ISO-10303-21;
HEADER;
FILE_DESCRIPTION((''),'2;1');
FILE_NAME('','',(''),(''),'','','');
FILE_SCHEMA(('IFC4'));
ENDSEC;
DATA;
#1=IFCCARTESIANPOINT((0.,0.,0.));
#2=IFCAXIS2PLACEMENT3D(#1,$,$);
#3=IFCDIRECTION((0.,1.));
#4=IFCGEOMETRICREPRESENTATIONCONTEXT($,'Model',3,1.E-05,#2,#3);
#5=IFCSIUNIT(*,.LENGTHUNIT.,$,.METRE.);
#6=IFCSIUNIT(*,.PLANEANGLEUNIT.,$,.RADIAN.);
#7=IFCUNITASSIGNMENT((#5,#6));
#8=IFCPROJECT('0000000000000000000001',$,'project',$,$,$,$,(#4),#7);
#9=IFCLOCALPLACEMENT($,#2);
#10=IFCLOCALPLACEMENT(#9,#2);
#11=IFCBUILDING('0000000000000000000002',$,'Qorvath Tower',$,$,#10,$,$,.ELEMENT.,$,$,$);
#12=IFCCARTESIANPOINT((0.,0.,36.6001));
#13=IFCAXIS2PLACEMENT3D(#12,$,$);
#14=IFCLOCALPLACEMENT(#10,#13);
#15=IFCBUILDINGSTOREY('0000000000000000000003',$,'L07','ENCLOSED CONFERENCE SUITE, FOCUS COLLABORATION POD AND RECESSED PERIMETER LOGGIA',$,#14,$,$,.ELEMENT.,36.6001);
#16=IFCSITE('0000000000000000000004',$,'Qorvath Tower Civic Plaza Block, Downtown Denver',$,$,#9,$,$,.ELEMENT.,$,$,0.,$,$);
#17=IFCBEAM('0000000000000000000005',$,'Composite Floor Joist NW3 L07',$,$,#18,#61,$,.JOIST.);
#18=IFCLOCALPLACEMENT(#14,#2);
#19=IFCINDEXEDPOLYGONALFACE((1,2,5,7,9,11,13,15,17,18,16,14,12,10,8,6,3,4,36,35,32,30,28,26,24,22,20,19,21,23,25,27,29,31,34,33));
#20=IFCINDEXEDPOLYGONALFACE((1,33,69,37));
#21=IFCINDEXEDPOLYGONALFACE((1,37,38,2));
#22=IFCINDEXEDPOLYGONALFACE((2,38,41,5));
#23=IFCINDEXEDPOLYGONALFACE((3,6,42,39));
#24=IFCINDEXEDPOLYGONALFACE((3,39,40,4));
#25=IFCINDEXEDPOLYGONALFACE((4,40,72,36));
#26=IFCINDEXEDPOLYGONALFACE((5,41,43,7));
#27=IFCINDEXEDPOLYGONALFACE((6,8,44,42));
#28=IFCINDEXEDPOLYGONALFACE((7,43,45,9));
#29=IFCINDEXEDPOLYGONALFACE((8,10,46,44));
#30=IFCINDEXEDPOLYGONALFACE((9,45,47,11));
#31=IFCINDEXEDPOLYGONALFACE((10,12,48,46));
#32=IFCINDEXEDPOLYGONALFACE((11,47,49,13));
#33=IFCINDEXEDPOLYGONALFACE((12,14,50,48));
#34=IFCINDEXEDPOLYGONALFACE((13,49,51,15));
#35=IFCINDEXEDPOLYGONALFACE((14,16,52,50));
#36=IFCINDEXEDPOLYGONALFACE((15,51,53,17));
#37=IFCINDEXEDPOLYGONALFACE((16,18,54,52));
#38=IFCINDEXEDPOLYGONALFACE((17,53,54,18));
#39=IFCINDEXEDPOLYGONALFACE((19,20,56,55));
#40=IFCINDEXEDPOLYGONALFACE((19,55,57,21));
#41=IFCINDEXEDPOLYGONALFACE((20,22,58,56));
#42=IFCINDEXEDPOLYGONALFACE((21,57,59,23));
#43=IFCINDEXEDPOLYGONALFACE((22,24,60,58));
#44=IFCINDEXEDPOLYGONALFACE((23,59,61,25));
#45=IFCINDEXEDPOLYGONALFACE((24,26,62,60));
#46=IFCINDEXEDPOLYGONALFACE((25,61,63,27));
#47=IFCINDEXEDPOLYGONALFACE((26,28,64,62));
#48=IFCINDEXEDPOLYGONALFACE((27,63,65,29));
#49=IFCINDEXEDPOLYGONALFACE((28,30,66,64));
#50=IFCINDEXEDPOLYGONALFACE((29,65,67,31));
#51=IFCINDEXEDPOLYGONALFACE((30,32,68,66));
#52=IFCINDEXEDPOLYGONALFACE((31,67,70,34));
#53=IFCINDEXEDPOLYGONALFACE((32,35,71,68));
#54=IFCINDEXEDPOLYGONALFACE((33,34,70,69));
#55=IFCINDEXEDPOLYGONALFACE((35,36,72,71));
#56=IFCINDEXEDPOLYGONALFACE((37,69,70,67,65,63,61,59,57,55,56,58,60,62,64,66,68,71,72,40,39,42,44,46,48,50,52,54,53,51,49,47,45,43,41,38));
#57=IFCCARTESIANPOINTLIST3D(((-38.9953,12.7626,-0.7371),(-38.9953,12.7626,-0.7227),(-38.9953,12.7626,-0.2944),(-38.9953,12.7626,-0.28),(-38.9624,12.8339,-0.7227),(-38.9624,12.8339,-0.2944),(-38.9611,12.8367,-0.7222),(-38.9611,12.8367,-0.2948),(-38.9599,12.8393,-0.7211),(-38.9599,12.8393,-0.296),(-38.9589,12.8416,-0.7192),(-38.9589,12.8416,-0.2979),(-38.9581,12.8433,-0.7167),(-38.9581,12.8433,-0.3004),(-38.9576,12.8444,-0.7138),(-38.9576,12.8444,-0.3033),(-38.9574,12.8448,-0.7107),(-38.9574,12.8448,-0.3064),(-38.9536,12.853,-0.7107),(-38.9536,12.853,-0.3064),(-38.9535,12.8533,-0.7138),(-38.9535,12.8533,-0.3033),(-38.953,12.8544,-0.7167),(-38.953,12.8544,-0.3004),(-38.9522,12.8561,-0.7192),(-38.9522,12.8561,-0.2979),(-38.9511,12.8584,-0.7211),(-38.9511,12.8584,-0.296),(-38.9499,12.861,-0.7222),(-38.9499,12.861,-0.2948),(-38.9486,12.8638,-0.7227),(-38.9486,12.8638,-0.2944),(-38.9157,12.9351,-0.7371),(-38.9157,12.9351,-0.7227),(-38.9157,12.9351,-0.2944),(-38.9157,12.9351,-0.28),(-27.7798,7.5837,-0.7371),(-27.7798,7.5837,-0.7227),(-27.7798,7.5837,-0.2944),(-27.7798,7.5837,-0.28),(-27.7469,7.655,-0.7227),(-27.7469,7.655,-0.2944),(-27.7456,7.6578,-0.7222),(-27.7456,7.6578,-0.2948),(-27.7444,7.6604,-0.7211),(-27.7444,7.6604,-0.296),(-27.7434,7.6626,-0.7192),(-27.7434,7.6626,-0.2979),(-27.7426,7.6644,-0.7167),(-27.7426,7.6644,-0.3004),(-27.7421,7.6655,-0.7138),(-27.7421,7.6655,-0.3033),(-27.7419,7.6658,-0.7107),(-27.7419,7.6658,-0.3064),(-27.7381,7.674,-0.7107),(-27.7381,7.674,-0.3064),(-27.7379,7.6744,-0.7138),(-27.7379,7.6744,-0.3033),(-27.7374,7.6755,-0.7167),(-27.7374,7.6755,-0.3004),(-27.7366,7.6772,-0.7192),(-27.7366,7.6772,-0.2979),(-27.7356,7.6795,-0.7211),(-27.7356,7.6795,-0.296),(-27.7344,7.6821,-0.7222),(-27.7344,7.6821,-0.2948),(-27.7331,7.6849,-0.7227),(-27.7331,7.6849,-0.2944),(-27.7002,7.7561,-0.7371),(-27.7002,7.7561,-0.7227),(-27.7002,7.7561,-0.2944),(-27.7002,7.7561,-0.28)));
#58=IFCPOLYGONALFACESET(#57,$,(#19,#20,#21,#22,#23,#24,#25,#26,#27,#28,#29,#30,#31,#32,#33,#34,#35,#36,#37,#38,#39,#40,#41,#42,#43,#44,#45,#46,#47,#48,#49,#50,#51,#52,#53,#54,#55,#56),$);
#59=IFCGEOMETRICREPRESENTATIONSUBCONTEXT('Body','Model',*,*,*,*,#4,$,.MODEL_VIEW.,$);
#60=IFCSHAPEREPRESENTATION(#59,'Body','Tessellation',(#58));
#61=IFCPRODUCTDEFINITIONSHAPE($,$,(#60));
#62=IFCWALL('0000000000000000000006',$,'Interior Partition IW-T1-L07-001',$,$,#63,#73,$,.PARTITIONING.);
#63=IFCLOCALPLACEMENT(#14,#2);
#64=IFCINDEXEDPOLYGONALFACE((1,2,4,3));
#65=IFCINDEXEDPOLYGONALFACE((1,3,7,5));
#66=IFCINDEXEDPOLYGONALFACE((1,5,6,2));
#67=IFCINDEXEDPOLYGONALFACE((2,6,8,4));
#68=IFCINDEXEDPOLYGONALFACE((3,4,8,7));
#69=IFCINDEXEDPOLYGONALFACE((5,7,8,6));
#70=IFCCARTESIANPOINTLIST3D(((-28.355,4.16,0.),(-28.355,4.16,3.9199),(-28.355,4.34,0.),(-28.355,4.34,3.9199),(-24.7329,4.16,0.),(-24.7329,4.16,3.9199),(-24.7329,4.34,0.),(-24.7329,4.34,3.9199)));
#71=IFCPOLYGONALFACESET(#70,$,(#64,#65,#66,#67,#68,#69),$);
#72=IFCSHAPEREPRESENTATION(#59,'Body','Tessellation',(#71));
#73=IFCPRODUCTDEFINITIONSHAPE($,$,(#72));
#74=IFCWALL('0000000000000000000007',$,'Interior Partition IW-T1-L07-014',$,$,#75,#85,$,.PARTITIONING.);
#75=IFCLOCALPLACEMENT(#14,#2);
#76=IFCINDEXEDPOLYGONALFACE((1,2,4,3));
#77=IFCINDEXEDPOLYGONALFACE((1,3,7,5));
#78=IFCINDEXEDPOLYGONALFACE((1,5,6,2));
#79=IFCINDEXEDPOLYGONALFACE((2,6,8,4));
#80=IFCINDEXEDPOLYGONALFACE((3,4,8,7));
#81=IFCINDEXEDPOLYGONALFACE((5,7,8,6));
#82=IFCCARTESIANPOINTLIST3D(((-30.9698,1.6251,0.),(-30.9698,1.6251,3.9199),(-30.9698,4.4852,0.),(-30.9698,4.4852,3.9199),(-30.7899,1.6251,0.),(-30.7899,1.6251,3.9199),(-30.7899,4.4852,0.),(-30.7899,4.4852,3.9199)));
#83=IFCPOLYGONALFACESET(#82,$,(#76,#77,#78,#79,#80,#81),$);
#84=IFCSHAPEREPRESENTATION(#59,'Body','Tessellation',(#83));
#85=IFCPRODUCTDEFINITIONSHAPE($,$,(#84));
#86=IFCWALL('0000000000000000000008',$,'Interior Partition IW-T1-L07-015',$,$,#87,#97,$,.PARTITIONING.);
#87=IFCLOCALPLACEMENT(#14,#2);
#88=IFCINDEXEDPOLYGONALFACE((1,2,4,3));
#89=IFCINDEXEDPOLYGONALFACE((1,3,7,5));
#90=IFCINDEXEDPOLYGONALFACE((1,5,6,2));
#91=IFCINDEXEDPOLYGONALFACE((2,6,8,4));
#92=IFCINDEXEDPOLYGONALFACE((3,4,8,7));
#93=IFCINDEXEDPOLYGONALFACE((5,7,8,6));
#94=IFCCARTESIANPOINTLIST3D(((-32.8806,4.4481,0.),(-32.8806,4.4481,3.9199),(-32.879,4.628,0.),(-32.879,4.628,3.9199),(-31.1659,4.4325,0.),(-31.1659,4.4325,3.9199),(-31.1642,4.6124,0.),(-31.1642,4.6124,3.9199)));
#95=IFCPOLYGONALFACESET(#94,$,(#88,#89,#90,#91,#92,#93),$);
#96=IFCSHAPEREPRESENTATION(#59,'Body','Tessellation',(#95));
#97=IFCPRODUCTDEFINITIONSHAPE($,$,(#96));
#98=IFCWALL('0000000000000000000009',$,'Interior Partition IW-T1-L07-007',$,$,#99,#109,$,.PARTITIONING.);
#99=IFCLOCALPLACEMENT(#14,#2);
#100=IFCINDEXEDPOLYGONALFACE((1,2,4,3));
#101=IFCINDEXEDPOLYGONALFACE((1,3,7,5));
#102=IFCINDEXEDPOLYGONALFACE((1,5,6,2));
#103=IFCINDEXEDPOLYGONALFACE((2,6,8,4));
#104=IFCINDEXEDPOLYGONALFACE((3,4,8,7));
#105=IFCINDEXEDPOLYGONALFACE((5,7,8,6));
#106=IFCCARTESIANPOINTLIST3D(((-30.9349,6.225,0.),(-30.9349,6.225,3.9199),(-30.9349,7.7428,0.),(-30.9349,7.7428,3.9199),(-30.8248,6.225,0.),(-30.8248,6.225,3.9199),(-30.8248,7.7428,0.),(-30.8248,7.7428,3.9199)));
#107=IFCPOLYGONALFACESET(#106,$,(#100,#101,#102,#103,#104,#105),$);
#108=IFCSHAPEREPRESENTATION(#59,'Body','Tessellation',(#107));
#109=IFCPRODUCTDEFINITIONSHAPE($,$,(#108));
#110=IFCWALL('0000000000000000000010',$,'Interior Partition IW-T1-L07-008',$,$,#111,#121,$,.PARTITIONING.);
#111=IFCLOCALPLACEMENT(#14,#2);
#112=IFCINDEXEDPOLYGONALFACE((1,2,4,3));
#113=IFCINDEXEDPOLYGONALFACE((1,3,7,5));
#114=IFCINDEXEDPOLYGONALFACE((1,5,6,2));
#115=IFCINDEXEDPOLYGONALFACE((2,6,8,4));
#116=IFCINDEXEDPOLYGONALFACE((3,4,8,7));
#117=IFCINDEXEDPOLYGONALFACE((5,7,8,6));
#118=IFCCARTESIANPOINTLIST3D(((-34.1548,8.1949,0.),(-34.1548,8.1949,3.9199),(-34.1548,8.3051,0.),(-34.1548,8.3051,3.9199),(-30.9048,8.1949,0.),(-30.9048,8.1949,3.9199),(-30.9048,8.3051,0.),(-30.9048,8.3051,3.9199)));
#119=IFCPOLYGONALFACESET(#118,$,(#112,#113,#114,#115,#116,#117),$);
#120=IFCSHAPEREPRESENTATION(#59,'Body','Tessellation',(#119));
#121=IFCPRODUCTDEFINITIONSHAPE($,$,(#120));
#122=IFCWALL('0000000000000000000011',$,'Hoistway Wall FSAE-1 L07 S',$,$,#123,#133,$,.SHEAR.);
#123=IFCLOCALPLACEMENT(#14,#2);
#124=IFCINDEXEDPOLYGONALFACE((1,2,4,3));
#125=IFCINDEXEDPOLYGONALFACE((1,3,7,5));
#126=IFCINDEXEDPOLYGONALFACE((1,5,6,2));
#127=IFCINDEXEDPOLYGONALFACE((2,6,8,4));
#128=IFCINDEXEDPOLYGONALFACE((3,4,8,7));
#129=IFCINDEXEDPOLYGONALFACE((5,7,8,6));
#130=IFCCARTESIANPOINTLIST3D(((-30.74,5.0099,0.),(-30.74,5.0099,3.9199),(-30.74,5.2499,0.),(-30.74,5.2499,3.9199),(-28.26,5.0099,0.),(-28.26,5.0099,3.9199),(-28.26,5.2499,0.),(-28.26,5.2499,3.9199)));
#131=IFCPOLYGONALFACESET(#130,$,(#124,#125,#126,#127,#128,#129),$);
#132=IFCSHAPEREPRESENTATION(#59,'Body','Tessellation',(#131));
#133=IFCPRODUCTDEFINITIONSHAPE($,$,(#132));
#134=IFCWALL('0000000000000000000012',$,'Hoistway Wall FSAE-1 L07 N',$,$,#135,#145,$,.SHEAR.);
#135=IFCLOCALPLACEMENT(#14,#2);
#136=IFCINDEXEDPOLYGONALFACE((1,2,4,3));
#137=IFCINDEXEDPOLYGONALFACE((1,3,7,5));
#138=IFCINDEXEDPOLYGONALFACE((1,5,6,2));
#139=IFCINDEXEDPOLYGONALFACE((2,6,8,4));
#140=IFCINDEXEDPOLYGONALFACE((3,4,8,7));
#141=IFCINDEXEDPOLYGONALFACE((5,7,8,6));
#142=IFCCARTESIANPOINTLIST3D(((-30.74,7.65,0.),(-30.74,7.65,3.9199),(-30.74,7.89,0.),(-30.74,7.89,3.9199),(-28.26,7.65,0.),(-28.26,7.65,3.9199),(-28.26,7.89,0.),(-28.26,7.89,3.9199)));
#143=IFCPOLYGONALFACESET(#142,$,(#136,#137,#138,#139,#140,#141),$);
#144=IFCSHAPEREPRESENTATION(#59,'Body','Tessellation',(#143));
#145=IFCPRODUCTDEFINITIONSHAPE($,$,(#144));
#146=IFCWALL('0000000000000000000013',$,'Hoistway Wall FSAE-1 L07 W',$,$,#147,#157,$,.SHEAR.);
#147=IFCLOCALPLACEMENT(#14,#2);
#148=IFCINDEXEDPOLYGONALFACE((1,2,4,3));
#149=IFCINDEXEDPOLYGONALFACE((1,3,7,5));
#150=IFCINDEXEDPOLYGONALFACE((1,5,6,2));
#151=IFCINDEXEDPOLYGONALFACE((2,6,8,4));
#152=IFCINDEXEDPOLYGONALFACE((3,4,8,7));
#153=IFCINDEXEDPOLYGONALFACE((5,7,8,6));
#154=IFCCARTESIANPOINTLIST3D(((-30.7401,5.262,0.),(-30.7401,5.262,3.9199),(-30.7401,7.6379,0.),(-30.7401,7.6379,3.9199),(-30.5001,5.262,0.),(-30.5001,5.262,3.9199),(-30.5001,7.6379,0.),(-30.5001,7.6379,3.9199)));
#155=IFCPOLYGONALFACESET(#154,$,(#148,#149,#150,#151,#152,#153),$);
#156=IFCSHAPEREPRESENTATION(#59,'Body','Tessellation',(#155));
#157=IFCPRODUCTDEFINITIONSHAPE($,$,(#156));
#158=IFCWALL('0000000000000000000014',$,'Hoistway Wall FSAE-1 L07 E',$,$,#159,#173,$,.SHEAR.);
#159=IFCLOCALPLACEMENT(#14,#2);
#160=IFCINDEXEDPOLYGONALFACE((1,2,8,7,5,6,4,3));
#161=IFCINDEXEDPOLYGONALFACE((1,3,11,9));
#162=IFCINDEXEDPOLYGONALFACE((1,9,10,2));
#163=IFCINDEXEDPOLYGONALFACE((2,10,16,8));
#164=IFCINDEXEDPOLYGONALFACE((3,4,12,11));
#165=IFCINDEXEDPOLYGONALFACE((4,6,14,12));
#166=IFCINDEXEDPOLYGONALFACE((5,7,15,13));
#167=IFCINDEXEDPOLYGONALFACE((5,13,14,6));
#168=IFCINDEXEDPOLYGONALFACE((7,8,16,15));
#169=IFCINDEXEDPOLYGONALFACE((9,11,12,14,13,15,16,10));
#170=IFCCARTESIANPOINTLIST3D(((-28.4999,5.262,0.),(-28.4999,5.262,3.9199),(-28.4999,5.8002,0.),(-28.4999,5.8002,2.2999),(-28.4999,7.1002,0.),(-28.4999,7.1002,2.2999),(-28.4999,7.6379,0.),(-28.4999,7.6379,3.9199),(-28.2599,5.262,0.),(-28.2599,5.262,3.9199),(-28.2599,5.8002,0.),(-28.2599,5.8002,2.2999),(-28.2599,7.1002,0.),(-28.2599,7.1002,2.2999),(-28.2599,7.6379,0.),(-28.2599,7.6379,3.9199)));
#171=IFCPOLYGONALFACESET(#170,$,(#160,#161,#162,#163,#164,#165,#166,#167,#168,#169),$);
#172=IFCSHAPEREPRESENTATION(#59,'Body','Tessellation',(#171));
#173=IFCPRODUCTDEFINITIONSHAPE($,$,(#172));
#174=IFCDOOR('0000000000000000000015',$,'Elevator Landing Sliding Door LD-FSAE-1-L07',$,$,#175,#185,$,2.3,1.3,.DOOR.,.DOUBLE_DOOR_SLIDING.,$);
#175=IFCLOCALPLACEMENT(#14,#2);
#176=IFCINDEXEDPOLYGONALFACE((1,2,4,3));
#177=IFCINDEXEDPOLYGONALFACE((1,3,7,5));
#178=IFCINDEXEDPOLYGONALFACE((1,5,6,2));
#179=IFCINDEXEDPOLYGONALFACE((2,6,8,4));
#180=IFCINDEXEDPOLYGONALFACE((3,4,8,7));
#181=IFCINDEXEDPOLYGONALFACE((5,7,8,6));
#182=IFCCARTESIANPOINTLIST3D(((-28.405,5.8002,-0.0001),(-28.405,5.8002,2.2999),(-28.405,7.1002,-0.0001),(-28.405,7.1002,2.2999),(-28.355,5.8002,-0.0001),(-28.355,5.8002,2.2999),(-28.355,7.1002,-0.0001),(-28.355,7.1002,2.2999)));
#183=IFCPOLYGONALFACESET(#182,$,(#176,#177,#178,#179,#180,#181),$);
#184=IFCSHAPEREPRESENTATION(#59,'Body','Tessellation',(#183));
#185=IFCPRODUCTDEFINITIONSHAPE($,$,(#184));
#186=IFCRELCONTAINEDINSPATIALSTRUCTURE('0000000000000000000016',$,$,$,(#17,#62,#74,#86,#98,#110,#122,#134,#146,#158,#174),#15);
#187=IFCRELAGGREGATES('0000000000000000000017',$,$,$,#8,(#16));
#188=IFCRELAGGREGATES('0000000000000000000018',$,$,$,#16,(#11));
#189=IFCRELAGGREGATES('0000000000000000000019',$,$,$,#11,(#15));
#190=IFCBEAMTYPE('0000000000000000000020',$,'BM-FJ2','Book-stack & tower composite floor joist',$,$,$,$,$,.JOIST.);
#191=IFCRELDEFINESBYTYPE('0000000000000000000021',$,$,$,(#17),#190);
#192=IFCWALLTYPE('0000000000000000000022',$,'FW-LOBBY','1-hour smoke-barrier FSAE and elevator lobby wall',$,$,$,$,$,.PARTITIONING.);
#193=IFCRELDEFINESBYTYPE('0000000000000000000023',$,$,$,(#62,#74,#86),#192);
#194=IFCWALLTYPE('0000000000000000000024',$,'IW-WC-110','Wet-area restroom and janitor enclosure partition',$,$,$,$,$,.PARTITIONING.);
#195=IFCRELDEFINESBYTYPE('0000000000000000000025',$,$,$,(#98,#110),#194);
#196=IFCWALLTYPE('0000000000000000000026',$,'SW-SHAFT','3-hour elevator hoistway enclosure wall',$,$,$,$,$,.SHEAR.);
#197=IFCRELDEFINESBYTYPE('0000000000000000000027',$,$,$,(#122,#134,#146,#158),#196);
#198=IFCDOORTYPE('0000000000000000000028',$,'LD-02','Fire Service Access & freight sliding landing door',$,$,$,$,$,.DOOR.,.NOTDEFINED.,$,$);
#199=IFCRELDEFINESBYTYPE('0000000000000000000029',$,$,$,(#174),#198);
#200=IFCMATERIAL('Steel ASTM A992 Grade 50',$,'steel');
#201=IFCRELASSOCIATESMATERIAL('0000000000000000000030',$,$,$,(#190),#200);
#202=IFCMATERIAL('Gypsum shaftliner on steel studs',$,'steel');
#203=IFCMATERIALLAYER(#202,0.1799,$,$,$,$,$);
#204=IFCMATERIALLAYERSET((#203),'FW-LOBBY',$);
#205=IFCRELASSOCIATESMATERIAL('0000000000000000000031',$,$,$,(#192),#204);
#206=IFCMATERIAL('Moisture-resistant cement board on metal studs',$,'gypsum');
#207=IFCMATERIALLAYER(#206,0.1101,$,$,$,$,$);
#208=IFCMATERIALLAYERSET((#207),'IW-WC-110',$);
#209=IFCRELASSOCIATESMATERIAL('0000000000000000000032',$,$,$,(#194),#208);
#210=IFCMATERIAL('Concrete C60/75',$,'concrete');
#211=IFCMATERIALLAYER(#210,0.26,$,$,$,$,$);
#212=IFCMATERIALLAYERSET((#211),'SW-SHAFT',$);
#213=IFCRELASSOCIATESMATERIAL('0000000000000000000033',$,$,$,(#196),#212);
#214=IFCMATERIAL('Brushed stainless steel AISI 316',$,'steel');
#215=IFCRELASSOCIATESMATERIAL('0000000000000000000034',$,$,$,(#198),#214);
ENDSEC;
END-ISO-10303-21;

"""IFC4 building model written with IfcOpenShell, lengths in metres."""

from ifc_helpers import new_model, si_unit, direction, frame, frame_2d, origin, origin_2d, place, context, subcontext, project, spatial, rectangle, i_section, extrude, material, layer, layer_set, material_profile, profile_set, type_object, element, fill, save


model = new_model("IFC4")

# Units and contexts
model_context = context("Model", 3, precision=1e-05, world=origin(), true_north=direction((0.0, 1.0)))
body_context = subcontext(model_context, "Body", "Model", "MODEL_VIEW")
ifc_project = project(units=[si_unit("LENGTHUNIT", "METRE"), si_unit("PLANEANGLEUNIT", "RADIAN")], contexts=[model_context])

# Site, building, storey
site_placement = place(None, origin())
site = spatial("IfcSite", under=ifc_project, at=site_placement, Name="Qorvath Tower Civic Plaza Block, Downtown Denver", CompositionType="ELEMENT", RefElevation=0.0)
building_placement = place(site_placement, origin())
building = spatial("IfcBuilding", under=site, at=building_placement, Name="Qorvath Tower", CompositionType="ELEMENT")
storey_placement = place(building_placement, frame((0.0, 0.0, 36.6001)))
storey = spatial("IfcBuildingStorey", under=building, at=storey_placement, Name="L07", Description="ENCLOSED CONFERENCE SUITE, FOCUS COLLABORATION POD AND RECESSED PERIMETER LOGGIA", CompositionType="ELEMENT", Elevation=36.6001)

# Beam
ifc_material_1 = material(Name="Steel ASTM A992 Grade 50", Category="steel")
ifc_material_profile_1 = material_profile(ifc_material_1, i_section(OverallWidth=0.1899, OverallDepth=0.457, WebThickness=0.009, FlangeThickness=0.0144, FilletRadius=0.012, at=origin_2d()), Name="W18x50")
ifc_profile_set_1 = profile_set([ifc_material_profile_1], Name="Steel ASTM A992 Grade 50")
beam_type_1 = type_object("IfcBeamType", Name="BM-FJ2", Description="Book-stack & tower composite floor joist", PredefinedType="JOIST", material=ifc_profile_set_1)
beam_1_placement = place(storey_placement, frame((-27.74, 7.6699, -0.5085), z_axis=(-0.907881, 0.419227, 0.0), x_axis=(-0.419227, -0.907881, 0.0)))
element("IfcBeam", 1, at=beam_1_placement, inside=storey, type_object=beam_type_1, Name="Composite Floor Joist NW3 L07", PredefinedType="JOIST", context=body_context, shape_type="SweptSolid", body=[
    extrude(i_section(OverallWidth=0.1899, OverallDepth=0.457, WebThickness=0.009, FlangeThickness=0.0144, FilletRadius=0.012, at=origin_2d()), origin(), (0.0, 0.0, 1.0), 12.3535),
])

# Wall
ifc_material_2 = material(Name="Gypsum shaftliner on steel studs", Category="steel")
ifc_layer_1 = layer(ifc_material_2, 0.1799)
ifc_layer_set_1 = layer_set([ifc_layer_1], Name="FW-LOBBY")
wall_type_1 = type_object("IfcWallType", Name="FW-LOBBY", Description="1-hour smoke-barrier FSAE and elevator lobby wall", PredefinedType="PARTITIONING", material=ifc_layer_set_1)
wall_1_placement = place(storey_placement, frame((-28.355, 4.25, 0.0), z_axis=(0.0, 0.0, 1.0), x_axis=(1.0, 0.0, 0.0)))
element("IfcWall", 2, at=wall_1_placement, inside=storey, type_object=wall_type_1, Name="Interior Partition IW-T1-L07-001", PredefinedType="PARTITIONING", context=body_context, shape_type="SweptSolid", body=[
    extrude(rectangle(XDim=3.6221, YDim=0.1799, at=frame_2d((1.811, 0.0))), origin(), (0.0, 0.0, 1.0), 3.9199),
])

# Walls
wall_2_placement = place(storey_placement, frame((-30.8799, 1.625, 0.0), z_axis=(0.0, 0.0, 1.0), x_axis=(0.0, 1.0, 0.0)))
element("IfcWall", 3, at=wall_2_placement, inside=storey, type_object=wall_type_1, Name="Interior Partition IW-T1-L07-014", PredefinedType="PARTITIONING", context=body_context, shape_type="SweptSolid", body=[
    extrude(rectangle(XDim=2.8601, YDim=0.1799, at=frame_2d((1.4302, 0.0))), origin(), (0.0, 0.0, 1.0), 3.9199),
])
wall_3_placement = place(storey_placement, frame((-31.165, 4.5225, 0.0), z_axis=(0.0, 0.0, 1.0), x_axis=(-0.999958, 0.009111, 0.0)))
element("IfcWall", 4, at=wall_3_placement, inside=storey, type_object=wall_type_1, Name="Interior Partition IW-T1-L07-015", PredefinedType="PARTITIONING", context=body_context, shape_type="SweptSolid", body=[
    extrude(rectangle(XDim=1.7148, YDim=0.1799, at=frame_2d((0.8574, 0.0))), origin(), (0.0, 0.0, 1.0), 3.9199),
])
ifc_material_3 = material(Name="Moisture-resistant cement board on metal studs", Category="gypsum")
ifc_layer_2 = layer(ifc_material_3, 0.1101)
ifc_layer_set_2 = layer_set([ifc_layer_2], Name="IW-WC-110")
wall_type_2 = type_object("IfcWallType", Name="IW-WC-110", Description="Wet-area restroom and janitor enclosure partition", PredefinedType="PARTITIONING", material=ifc_layer_set_2)
wall_4_placement = place(storey_placement, frame((-30.8799, 6.2251, 0.0), z_axis=(0.0, 0.0, 1.0), x_axis=(0.0, 1.0, 0.0)))
element("IfcWall", 5, at=wall_4_placement, inside=storey, type_object=wall_type_2, Name="Interior Partition IW-T1-L07-007", PredefinedType="PARTITIONING", context=body_context, shape_type="SweptSolid", body=[
    extrude(rectangle(XDim=1.5178, YDim=0.1101, at=frame_2d((0.7588, 0.0))), origin(), (0.0, 0.0, 1.0), 3.9199),
])
wall_5_placement = place(storey_placement, frame((-30.9048, 8.25, 0.0), z_axis=(0.0, 0.0, 1.0), x_axis=(-1.0, 0.0, 0.0)))
element("IfcWall", 6, at=wall_5_placement, inside=storey, type_object=wall_type_2, Name="Interior Partition IW-T1-L07-008", PredefinedType="PARTITIONING", context=body_context, shape_type="SweptSolid", body=[
    extrude(rectangle(XDim=3.25, YDim=0.1101, at=frame_2d((1.625, 0.0))), origin(), (0.0, 0.0, 1.0), 3.9199),
])
ifc_material_4 = material(Name="Concrete C60/75", Category="concrete")
ifc_layer_3 = layer(ifc_material_4, 0.26)
ifc_layer_set_3 = layer_set([ifc_layer_3], Name="SW-SHAFT")
wall_type_3 = type_object("IfcWallType", Name="SW-SHAFT", Description="3-hour elevator hoistway enclosure wall", PredefinedType="SHEAR", material=ifc_layer_set_3)
for number, where, z_axis, x_axis, name in (
    (7, (-28.26, 5.1299, 0.0), (0.0, 0.0, 1.0), (-1.0, 0.0, 0.0), "Hoistway Wall FSAE-1 L07 S"),
    (8, (-30.74, 7.77, 0.0), (0.0, 0.0, 1.0), (1.0, 0.0, 0.0), "Hoistway Wall FSAE-1 L07 N"),
):
    element("IfcWall", number, at=place(storey_placement, frame(where, z_axis=z_axis, x_axis=x_axis)), inside=storey, type_object=wall_type_3, Name=name, PredefinedType="SHEAR", context=body_context, shape_type="SweptSolid", body=[
        extrude(rectangle(XDim=2.48, YDim=0.24, at=frame_2d((1.24, 0.0))), origin(), (0.0, 0.0, 1.0), 3.9199),
    ])
wall_6_placement = place(storey_placement, frame((-30.6201, 5.262, 0.0), z_axis=(0.0, 0.0, 1.0), x_axis=(0.0, 1.0, 0.0)))
element("IfcWall", 9, at=wall_6_placement, inside=storey, type_object=wall_type_3, Name="Hoistway Wall FSAE-1 L07 W", PredefinedType="SHEAR", context=body_context, shape_type="SweptSolid", body=[
    extrude(rectangle(XDim=2.376, YDim=0.24, at=frame_2d((1.188, 0.0))), origin(), (0.0, 0.0, 1.0), 3.9199),
])

# Wall, opening, door
wall_7_placement = place(storey_placement, frame((-28.3799, 7.6379, 0.0), z_axis=(0.0, 0.0, 1.0), x_axis=(0.0, -1.0, 0.0)))
wall_7 = element("IfcWall", 10, at=wall_7_placement, inside=storey, type_object=wall_type_3, Name="Hoistway Wall FSAE-1 L07 E", PredefinedType="SHEAR", context=body_context, shape_type="SweptSolid", body=[
    extrude(rectangle(XDim=2.376, YDim=0.24, at=frame_2d((1.188, 0.0))), origin(), (0.0, 0.0, 1.0), 3.9199),
])
opening_1_placement = place(wall_7_placement, frame((0.5378, 0.0, 0.0)))
opening_1 = element("IfcOpeningElement", 11, at=opening_1_placement, cuts=wall_7, PredefinedType="OPENING", context=body_context, shape_type="SweptSolid", body=[
    extrude(rectangle(XDim=1.3, YDim=2.3, at=frame_2d((0.6499, 1.1499))), frame((0.0, 0.1299, 0.0), z_axis=(0.0, -1.0, 0.0), x_axis=(1.0, 0.0, 0.0)), (0.0, 0.0, 1.0), 0.26),
])
ifc_material_5 = material(Name="Brushed stainless steel AISI 316", Category="steel")
door_type_1 = type_object("IfcDoorType", Name="LD-02", Description="Fire Service Access & freight sliding landing door", OperationType="NOTDEFINED", PredefinedType="DOOR", material=ifc_material_5)
door_1_placement = place(opening_1_placement, origin())
door_1 = element("IfcDoor", 12, at=door_1_placement, inside=storey, type_object=door_type_1, Name="Elevator Landing Sliding Door LD-FSAE-1-L07", OperationType="DOUBLE_DOOR_SLIDING", OverallHeight=2.3, OverallWidth=1.3, PredefinedType="DOOR", context=body_context, shape_type="SweptSolid", body=[
    extrude(rectangle(XDim=1.3, YDim=2.3, at=frame_2d((0.6499, 1.1499))), frame((0.0, 0.0249, 0.0), z_axis=(0.0, -1.0, 0.0), x_axis=(1.0, 0.0, 0.0)), (0.0, 0.0, 1.0), 0.05),
])
fill(opening_1, door_1)

save(model, "model.ifc")
